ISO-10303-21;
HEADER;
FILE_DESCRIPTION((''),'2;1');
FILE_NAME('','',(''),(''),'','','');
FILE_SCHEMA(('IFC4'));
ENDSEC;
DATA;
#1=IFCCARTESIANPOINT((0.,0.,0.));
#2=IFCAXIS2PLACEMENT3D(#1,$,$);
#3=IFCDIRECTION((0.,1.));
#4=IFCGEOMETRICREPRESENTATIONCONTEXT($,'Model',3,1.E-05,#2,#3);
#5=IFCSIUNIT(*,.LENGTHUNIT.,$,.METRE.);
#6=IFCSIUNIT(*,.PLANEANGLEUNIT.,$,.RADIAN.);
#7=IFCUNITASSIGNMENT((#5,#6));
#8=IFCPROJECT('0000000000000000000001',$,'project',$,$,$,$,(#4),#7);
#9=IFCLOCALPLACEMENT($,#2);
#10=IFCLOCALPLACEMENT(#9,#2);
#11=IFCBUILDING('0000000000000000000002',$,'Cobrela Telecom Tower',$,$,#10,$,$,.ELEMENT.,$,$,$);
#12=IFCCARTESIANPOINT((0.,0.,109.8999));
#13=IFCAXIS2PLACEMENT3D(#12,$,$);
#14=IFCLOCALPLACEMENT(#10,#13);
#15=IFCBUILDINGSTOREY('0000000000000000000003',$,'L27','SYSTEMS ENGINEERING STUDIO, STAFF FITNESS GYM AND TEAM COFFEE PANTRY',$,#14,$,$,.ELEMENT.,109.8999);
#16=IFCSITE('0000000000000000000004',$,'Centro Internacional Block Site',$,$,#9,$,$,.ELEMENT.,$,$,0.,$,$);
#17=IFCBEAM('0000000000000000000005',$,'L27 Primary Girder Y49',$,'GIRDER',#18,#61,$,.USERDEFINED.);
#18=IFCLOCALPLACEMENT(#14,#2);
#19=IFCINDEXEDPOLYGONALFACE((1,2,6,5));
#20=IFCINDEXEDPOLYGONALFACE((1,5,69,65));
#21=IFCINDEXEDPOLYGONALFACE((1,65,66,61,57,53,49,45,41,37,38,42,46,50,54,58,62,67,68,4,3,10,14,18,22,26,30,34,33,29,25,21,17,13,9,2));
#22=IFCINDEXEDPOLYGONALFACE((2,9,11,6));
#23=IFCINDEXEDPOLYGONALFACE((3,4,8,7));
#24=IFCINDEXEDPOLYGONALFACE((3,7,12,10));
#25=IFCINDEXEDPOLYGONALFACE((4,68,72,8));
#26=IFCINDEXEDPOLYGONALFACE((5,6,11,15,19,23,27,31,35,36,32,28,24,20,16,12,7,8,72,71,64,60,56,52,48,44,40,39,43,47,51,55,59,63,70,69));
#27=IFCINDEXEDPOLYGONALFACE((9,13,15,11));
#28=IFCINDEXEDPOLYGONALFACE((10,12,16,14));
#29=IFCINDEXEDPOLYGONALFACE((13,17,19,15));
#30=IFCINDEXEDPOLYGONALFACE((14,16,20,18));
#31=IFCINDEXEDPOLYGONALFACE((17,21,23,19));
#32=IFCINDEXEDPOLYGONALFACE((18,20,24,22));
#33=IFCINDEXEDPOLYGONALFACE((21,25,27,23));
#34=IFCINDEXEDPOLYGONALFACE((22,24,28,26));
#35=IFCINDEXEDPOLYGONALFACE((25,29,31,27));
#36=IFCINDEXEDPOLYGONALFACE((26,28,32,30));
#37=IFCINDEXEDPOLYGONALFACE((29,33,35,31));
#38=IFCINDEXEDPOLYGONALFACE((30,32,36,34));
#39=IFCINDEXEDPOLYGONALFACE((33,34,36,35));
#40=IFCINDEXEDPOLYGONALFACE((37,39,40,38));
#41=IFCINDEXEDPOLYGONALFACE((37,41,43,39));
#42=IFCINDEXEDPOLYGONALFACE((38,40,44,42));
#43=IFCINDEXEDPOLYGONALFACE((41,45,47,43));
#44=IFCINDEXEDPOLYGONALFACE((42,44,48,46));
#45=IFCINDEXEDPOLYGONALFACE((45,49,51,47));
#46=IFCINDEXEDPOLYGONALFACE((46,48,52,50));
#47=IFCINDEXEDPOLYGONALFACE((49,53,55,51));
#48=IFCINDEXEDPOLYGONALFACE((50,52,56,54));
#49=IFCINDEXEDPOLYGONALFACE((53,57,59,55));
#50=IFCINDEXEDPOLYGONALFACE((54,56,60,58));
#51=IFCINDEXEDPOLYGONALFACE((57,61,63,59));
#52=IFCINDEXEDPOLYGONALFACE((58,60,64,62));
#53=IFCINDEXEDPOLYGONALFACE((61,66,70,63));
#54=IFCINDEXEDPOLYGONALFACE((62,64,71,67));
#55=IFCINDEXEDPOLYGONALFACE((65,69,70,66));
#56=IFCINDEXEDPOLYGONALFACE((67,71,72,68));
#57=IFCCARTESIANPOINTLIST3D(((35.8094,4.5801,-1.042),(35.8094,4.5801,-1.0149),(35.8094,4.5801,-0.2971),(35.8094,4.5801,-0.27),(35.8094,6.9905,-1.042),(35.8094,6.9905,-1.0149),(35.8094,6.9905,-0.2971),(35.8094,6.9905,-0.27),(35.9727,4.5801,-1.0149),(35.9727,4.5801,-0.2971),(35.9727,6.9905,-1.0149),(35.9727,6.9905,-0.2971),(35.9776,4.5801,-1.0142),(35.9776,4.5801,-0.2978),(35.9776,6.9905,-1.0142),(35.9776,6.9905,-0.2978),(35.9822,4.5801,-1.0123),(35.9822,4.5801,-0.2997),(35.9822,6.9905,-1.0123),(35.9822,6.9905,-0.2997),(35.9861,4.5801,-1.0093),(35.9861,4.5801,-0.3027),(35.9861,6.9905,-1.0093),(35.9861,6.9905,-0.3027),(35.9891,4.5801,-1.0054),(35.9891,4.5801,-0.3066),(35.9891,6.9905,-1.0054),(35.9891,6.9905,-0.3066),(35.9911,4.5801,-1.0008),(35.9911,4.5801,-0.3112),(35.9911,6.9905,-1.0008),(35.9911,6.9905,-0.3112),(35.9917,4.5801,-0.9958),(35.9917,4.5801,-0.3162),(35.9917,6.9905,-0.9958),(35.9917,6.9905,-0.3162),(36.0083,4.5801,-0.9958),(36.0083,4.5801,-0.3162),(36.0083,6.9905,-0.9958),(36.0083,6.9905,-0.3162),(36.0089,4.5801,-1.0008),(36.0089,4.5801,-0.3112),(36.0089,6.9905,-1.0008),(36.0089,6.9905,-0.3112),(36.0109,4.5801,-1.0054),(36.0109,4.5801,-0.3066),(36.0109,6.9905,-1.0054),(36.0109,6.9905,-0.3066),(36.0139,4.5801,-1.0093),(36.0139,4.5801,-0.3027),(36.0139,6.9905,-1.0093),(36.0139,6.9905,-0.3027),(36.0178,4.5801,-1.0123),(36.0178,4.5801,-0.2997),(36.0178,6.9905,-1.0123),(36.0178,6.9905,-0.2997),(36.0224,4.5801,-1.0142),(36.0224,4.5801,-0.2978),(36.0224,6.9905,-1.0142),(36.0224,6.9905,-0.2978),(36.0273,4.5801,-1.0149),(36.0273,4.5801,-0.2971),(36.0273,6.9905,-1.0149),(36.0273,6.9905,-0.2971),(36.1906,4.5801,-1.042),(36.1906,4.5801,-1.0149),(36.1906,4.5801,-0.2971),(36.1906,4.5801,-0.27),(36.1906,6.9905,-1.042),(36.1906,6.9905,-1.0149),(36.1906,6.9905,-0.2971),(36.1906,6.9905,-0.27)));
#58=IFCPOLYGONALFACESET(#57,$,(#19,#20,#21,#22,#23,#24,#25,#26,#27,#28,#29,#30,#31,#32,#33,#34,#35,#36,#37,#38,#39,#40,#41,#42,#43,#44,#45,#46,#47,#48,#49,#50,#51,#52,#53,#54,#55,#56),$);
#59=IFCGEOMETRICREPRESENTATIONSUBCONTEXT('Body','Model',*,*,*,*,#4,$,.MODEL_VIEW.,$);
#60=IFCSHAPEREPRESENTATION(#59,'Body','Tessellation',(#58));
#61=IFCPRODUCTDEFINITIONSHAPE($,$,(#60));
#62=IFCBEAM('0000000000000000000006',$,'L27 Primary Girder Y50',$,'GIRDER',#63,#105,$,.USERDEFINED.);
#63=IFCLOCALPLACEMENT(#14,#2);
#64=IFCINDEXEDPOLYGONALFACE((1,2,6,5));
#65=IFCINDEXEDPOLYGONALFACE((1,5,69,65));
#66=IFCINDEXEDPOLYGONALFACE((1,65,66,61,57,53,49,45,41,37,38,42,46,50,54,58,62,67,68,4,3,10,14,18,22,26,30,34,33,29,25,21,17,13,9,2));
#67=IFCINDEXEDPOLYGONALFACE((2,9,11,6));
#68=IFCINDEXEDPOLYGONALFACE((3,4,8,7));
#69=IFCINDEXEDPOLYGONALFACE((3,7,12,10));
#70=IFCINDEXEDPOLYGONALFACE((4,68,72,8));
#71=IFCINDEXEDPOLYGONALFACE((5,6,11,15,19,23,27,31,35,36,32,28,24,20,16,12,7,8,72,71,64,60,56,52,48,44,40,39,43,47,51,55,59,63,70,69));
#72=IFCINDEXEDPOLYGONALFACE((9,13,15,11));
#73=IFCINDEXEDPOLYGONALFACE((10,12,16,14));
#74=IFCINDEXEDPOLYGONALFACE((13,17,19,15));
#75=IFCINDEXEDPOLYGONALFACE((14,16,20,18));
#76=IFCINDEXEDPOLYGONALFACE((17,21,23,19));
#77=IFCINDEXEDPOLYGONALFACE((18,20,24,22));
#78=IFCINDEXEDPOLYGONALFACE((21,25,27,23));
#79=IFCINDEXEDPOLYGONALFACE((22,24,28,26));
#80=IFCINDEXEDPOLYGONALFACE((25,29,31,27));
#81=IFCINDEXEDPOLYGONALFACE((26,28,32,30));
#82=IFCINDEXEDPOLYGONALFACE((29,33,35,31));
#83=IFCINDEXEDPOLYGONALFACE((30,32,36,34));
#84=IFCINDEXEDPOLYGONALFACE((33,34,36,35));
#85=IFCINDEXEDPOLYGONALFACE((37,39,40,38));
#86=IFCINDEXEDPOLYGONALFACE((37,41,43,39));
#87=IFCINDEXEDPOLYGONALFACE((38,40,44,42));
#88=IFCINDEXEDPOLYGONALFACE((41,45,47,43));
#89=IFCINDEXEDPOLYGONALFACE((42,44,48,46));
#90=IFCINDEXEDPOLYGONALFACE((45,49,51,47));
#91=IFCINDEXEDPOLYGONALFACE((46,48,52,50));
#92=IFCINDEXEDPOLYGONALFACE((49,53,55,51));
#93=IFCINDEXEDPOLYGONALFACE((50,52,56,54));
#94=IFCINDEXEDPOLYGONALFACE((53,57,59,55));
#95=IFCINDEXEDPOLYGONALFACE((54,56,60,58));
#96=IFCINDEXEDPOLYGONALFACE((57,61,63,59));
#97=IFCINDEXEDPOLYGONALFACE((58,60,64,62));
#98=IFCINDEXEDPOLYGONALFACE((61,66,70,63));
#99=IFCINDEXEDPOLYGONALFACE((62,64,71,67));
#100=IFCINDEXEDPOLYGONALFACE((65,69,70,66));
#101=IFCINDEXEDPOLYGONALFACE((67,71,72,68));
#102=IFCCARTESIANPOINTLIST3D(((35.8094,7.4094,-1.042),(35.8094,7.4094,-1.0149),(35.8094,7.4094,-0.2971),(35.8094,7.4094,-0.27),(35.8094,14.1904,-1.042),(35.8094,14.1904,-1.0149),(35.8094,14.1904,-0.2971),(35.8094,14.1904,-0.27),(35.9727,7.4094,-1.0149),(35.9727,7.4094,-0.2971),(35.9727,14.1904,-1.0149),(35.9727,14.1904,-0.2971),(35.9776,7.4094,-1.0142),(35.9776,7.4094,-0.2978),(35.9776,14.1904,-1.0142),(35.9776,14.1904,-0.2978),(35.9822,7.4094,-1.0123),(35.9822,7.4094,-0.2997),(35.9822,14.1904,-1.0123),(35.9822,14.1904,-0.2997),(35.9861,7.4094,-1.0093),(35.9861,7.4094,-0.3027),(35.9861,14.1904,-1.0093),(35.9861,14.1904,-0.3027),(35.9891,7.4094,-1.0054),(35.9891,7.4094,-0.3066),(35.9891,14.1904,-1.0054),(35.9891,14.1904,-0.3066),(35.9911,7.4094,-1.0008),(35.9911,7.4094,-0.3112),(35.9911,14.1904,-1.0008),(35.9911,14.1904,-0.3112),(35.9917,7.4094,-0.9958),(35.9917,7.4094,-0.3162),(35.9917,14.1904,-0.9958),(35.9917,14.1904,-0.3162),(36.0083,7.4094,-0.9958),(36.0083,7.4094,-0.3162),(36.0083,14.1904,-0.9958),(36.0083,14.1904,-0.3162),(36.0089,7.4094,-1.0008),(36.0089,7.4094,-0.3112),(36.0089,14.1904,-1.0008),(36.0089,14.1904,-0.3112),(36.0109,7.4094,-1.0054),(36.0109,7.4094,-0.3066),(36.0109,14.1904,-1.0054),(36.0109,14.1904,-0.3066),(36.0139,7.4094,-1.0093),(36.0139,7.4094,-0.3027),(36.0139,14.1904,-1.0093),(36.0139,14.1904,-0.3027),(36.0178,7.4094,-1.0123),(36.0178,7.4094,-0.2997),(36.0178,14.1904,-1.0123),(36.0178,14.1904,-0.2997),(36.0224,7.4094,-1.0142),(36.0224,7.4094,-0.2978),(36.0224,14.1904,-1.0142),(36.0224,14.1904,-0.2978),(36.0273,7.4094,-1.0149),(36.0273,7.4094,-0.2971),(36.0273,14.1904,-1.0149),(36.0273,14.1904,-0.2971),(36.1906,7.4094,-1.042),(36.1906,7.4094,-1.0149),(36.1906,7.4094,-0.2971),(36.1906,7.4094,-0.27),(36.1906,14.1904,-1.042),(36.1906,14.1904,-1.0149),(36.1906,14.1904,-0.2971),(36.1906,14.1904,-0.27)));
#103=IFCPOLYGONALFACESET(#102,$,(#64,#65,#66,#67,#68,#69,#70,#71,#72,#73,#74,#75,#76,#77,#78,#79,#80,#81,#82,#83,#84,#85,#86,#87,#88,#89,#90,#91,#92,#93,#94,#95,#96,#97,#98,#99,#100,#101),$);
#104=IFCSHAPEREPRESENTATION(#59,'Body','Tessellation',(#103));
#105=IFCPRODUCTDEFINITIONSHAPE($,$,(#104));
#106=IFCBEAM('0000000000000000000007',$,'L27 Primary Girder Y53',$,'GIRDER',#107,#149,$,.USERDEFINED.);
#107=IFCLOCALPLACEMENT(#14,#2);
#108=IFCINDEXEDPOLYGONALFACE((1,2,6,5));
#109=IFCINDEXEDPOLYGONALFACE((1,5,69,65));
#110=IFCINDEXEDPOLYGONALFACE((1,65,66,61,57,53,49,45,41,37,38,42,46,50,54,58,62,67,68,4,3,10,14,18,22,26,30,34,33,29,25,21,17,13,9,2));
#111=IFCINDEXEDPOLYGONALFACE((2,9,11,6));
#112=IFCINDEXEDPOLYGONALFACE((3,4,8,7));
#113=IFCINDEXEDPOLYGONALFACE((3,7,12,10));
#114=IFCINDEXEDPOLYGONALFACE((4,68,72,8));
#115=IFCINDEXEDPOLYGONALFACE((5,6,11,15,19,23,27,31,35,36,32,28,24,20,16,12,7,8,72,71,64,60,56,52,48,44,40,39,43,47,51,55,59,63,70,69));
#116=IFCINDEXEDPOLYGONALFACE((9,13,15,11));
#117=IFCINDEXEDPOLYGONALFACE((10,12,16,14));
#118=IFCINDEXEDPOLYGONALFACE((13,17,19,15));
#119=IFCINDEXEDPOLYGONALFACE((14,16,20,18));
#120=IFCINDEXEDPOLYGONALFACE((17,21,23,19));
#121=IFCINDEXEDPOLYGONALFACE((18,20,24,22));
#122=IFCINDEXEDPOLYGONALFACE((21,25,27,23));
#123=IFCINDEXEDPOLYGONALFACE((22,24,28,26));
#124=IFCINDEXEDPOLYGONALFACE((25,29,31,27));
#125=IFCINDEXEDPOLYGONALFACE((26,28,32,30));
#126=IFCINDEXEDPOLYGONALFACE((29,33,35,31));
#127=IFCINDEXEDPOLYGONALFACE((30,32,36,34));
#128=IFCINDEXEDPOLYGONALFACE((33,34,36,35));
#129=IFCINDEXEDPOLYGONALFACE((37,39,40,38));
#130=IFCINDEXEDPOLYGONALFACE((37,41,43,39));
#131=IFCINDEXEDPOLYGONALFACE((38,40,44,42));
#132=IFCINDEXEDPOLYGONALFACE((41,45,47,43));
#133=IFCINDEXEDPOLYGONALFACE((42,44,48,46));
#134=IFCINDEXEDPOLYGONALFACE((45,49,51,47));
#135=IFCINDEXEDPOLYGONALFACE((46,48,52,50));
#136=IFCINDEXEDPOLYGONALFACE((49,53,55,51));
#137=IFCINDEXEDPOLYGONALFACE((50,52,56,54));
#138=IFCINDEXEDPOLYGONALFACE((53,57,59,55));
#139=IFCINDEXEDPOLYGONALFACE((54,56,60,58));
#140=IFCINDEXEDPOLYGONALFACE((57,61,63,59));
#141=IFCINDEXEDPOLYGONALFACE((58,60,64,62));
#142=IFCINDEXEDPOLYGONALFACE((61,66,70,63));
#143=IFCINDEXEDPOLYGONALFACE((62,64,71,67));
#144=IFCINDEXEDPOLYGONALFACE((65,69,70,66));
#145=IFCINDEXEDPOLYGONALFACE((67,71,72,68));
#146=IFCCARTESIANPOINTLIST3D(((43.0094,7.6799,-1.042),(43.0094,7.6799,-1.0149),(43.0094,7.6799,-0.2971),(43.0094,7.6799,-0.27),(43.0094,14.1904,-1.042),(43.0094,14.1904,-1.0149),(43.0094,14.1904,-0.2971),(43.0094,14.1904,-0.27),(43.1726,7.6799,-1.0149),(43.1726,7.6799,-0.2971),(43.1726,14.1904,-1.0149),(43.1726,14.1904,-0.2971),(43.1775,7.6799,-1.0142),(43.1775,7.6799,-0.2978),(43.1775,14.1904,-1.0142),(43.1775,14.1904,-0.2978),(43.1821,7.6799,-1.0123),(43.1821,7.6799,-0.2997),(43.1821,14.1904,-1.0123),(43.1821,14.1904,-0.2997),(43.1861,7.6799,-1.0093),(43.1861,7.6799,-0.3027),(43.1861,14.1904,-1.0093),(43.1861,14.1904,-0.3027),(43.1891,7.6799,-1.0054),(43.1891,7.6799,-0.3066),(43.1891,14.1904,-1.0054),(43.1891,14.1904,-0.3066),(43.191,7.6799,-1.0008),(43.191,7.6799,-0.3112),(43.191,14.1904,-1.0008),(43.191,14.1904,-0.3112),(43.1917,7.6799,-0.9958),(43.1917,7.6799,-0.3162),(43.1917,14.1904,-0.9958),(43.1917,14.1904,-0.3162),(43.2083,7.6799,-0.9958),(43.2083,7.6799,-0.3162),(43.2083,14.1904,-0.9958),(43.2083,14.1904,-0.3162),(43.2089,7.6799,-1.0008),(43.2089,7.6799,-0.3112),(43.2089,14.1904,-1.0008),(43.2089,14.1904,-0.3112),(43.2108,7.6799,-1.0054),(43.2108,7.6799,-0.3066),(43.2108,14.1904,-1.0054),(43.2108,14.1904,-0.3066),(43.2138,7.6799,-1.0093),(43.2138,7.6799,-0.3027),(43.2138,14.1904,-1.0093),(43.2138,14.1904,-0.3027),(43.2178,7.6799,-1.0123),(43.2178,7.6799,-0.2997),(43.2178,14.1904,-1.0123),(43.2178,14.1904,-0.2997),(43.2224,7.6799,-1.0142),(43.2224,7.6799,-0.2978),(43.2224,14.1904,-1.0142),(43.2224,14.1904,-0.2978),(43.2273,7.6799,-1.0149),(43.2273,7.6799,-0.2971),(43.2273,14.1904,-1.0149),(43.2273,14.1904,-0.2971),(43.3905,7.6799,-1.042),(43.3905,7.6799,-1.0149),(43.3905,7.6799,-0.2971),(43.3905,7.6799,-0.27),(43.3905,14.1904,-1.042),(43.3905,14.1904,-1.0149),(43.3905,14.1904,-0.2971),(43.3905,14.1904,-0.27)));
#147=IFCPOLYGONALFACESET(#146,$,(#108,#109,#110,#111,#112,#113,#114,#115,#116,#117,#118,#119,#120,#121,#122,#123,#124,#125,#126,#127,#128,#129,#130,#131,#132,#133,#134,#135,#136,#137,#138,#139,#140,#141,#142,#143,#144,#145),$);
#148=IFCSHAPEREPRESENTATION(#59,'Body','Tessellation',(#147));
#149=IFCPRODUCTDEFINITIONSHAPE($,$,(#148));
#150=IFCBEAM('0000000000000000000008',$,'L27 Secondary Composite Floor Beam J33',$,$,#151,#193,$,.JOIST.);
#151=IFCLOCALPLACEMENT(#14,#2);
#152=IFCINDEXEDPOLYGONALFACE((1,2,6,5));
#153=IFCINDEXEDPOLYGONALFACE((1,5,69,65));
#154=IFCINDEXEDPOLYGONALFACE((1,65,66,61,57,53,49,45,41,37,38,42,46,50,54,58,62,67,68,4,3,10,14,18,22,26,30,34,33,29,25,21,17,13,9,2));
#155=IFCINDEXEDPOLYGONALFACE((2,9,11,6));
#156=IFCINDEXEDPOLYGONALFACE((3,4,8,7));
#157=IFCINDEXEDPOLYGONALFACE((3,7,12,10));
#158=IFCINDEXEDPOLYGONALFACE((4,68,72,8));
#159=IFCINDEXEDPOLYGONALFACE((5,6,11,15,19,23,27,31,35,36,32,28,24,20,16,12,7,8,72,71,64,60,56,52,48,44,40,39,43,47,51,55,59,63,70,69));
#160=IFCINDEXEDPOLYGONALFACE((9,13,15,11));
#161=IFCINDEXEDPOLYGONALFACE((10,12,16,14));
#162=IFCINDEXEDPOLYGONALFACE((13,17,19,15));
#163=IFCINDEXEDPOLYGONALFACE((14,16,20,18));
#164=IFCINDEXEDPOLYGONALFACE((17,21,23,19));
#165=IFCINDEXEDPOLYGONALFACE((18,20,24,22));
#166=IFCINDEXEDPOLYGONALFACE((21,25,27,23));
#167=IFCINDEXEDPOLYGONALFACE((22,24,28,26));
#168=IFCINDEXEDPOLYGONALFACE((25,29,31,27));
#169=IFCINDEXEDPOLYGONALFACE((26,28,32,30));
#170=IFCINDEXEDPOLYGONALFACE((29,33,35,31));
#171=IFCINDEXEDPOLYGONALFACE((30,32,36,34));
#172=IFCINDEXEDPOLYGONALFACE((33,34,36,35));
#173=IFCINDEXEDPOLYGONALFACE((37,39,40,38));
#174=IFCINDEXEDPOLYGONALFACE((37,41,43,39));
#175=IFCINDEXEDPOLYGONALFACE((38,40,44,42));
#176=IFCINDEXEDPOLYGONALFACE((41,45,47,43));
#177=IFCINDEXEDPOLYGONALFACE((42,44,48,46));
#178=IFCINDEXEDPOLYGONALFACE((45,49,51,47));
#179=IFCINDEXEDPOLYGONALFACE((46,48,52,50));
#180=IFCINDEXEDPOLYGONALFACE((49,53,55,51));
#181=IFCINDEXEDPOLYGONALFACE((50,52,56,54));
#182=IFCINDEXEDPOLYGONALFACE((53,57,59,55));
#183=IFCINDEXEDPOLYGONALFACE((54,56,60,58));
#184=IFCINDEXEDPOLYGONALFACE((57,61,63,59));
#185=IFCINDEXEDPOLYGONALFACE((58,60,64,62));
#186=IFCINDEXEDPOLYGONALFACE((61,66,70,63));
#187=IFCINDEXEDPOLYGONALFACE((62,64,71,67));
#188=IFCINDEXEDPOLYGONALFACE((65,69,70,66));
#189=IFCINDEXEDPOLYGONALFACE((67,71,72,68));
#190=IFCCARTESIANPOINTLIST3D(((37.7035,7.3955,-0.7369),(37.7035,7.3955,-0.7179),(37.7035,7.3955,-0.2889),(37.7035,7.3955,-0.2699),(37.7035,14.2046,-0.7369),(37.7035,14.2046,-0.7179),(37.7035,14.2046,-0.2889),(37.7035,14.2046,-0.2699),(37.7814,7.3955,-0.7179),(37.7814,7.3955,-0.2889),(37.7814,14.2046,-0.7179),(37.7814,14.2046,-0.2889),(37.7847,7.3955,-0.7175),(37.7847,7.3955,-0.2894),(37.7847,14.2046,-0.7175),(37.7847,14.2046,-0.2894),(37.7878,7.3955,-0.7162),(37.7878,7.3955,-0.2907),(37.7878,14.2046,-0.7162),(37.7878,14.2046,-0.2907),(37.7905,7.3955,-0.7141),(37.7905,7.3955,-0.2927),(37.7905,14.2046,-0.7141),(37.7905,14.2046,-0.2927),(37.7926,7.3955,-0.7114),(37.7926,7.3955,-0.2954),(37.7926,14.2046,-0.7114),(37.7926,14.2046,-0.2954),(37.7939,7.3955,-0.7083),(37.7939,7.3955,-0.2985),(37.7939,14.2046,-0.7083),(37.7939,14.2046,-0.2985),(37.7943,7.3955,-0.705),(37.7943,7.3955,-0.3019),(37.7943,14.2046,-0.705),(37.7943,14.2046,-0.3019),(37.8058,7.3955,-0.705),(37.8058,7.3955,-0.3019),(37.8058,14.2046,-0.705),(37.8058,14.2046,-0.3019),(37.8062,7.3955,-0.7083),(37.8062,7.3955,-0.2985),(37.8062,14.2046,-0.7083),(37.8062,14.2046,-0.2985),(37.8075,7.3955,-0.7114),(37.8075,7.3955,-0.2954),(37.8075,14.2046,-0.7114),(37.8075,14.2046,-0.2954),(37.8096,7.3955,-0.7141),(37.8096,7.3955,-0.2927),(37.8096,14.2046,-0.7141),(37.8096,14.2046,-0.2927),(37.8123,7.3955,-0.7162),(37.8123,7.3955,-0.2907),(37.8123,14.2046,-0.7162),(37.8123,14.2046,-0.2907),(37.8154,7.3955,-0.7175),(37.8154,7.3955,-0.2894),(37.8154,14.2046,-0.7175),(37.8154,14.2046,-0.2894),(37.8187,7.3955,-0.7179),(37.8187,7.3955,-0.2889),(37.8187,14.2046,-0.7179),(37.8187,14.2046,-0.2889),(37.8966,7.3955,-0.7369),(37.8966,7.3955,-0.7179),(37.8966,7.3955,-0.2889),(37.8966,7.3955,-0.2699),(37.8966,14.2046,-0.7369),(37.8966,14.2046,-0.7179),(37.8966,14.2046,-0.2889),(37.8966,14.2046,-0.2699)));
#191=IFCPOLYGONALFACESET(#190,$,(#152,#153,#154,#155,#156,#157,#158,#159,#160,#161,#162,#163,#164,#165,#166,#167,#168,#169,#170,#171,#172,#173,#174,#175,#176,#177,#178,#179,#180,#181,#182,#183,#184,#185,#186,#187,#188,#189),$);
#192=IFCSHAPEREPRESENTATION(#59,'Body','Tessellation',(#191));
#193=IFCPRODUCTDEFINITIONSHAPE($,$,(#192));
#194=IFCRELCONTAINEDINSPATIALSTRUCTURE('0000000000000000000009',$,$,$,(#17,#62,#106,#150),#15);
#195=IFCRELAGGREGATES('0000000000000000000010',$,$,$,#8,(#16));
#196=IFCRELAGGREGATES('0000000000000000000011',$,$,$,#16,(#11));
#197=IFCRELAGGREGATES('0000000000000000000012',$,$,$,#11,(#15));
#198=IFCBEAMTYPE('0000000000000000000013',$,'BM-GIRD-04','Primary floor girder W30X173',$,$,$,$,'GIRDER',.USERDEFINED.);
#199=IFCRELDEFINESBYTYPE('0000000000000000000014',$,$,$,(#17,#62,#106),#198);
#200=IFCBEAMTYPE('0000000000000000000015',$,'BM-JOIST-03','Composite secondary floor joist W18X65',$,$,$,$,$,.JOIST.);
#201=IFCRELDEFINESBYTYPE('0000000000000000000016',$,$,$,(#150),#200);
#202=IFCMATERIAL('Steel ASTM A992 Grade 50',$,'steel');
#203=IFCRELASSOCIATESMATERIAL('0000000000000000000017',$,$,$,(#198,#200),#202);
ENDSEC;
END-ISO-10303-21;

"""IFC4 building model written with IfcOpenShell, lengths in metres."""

from ifc_helpers import new_model, si_unit, direction, frame, origin, origin_2d, place, context, subcontext, project, spatial, i_section, extrude, material, material_profile, profile_set, type_object, element, save


model = new_model("IFC4")

# Units and contexts
model_context = context("Model", 3, precision=1e-05, world=origin(), true_north=direction((0.0, 1.0)))
body_context = subcontext(model_context, "Body", "Model", "MODEL_VIEW")
ifc_project = project(units=[si_unit("LENGTHUNIT", "METRE"), si_unit("PLANEANGLEUNIT", "RADIAN")], contexts=[model_context])

# Site, building, storey
site_placement = place(None, origin())
site = spatial("IfcSite", under=ifc_project, at=site_placement, Name="Centro Internacional Block Site", CompositionType="ELEMENT", RefElevation=0.0)
building_placement = place(site_placement, origin())
building = spatial("IfcBuilding", under=site, at=building_placement, Name="Cobrela Telecom Tower", CompositionType="ELEMENT")
storey_placement = place(building_placement, frame((0.0, 0.0, 109.8999)))
storey = spatial("IfcBuildingStorey", under=building, at=storey_placement, Name="L27", Description="SYSTEMS ENGINEERING STUDIO, STAFF FITNESS GYM AND TEAM COFFEE PANTRY", CompositionType="ELEMENT", Elevation=109.8999)

# Shared definitions
ifc_material_1 = material(Name="Steel ASTM A992 Grade 50", Category="steel")

# Beams
ifc_material_profile_1 = material_profile(ifc_material_1, i_section(OverallWidth=0.3811, OverallDepth=0.772, WebThickness=0.0166, FlangeThickness=0.0271, FilletRadius=0.019, at=origin_2d()), Name="W30X173")
ifc_profile_set_1 = profile_set([ifc_material_profile_1], Name="Steel ASTM A992 Grade 50")
beam_type_1 = type_object("IfcBeamType", Name="BM-GIRD-04", Description="Primary floor girder W30X173", ElementType="GIRDER", PredefinedType="USERDEFINED", material=ifc_profile_set_1)
beam_1_placement = place(storey_placement, frame((36.0, 4.5801, -0.656), z_axis=(0.0, 1.0, 0.0), x_axis=(-1.0, 0.0, 0.0)))
element("IfcBeam", 1, at=beam_1_placement, inside=storey, type_object=beam_type_1, Name="L27 Primary Girder Y49", ObjectType="GIRDER", PredefinedType="USERDEFINED", context=body_context, shape_type="SweptSolid", body=[
    extrude(i_section(OverallWidth=0.3811, OverallDepth=0.772, WebThickness=0.0166, FlangeThickness=0.0271, FilletRadius=0.019, at=origin_2d()), origin(), (0.0, 0.0, 1.0), 2.4104),
])
beam_2_placement = place(storey_placement, frame((36.0, 7.4094, -0.656), z_axis=(0.0, 1.0, 0.0), x_axis=(-1.0, 0.0, 0.0)))
element("IfcBeam", 2, at=beam_2_placement, inside=storey, type_object=beam_type_1, Name="L27 Primary Girder Y50", ObjectType="GIRDER", PredefinedType="USERDEFINED", context=body_context, shape_type="SweptSolid", body=[
    extrude(i_section(OverallWidth=0.3811, OverallDepth=0.772, WebThickness=0.0166, FlangeThickness=0.0271, FilletRadius=0.019, at=origin_2d()), origin(), (0.0, 0.0, 1.0), 6.781),
])
beam_3_placement = place(storey_placement, frame((43.2, 7.6799, -0.656), z_axis=(0.0, 1.0, 0.0), x_axis=(-1.0, 0.0, 0.0)))
element("IfcBeam", 3, at=beam_3_placement, inside=storey, type_object=beam_type_1, Name="L27 Primary Girder Y53", ObjectType="GIRDER", PredefinedType="USERDEFINED", context=body_context, shape_type="SweptSolid", body=[
    extrude(i_section(OverallWidth=0.3811, OverallDepth=0.772, WebThickness=0.0166, FlangeThickness=0.0271, FilletRadius=0.019, at=origin_2d()), origin(), (0.0, 0.0, 1.0), 6.5105),
])
ifc_material_profile_2 = material_profile(ifc_material_1, i_section(OverallWidth=0.1931, OverallDepth=0.467, WebThickness=0.0115, FlangeThickness=0.019, FilletRadius=0.0129, at=origin_2d()), Name="W18X65")
ifc_profile_set_2 = profile_set([ifc_material_profile_2], Name="Steel ASTM A992 Grade 50")
beam_type_2 = type_object("IfcBeamType", Name="BM-JOIST-03", Description="Composite secondary floor joist W18X65", PredefinedType="JOIST", material=ifc_profile_set_2)
for number, where, z_axis, x_axis, name in (
    (4, (37.8, 7.3955, -0.5034), (0.0, 1.0, 0.0), (-1.0, 0.0, 0.0), "L27 Secondary Composite Floor Beam J33"),
):
    element("IfcBeam", number, at=place(storey_placement, frame(where, z_axis=z_axis, x_axis=x_axis)), inside=storey, type_object=beam_type_2, Name=name, PredefinedType="JOIST", context=body_context, shape_type="SweptSolid", body=[
        extrude(i_section(OverallWidth=0.1931, OverallDepth=0.467, WebThickness=0.0115, FlangeThickness=0.019, FilletRadius=0.0129, at=origin_2d()), origin(), (0.0, 0.0, 1.0), 6.8091),
    ])

save(model, "model.ifc")
